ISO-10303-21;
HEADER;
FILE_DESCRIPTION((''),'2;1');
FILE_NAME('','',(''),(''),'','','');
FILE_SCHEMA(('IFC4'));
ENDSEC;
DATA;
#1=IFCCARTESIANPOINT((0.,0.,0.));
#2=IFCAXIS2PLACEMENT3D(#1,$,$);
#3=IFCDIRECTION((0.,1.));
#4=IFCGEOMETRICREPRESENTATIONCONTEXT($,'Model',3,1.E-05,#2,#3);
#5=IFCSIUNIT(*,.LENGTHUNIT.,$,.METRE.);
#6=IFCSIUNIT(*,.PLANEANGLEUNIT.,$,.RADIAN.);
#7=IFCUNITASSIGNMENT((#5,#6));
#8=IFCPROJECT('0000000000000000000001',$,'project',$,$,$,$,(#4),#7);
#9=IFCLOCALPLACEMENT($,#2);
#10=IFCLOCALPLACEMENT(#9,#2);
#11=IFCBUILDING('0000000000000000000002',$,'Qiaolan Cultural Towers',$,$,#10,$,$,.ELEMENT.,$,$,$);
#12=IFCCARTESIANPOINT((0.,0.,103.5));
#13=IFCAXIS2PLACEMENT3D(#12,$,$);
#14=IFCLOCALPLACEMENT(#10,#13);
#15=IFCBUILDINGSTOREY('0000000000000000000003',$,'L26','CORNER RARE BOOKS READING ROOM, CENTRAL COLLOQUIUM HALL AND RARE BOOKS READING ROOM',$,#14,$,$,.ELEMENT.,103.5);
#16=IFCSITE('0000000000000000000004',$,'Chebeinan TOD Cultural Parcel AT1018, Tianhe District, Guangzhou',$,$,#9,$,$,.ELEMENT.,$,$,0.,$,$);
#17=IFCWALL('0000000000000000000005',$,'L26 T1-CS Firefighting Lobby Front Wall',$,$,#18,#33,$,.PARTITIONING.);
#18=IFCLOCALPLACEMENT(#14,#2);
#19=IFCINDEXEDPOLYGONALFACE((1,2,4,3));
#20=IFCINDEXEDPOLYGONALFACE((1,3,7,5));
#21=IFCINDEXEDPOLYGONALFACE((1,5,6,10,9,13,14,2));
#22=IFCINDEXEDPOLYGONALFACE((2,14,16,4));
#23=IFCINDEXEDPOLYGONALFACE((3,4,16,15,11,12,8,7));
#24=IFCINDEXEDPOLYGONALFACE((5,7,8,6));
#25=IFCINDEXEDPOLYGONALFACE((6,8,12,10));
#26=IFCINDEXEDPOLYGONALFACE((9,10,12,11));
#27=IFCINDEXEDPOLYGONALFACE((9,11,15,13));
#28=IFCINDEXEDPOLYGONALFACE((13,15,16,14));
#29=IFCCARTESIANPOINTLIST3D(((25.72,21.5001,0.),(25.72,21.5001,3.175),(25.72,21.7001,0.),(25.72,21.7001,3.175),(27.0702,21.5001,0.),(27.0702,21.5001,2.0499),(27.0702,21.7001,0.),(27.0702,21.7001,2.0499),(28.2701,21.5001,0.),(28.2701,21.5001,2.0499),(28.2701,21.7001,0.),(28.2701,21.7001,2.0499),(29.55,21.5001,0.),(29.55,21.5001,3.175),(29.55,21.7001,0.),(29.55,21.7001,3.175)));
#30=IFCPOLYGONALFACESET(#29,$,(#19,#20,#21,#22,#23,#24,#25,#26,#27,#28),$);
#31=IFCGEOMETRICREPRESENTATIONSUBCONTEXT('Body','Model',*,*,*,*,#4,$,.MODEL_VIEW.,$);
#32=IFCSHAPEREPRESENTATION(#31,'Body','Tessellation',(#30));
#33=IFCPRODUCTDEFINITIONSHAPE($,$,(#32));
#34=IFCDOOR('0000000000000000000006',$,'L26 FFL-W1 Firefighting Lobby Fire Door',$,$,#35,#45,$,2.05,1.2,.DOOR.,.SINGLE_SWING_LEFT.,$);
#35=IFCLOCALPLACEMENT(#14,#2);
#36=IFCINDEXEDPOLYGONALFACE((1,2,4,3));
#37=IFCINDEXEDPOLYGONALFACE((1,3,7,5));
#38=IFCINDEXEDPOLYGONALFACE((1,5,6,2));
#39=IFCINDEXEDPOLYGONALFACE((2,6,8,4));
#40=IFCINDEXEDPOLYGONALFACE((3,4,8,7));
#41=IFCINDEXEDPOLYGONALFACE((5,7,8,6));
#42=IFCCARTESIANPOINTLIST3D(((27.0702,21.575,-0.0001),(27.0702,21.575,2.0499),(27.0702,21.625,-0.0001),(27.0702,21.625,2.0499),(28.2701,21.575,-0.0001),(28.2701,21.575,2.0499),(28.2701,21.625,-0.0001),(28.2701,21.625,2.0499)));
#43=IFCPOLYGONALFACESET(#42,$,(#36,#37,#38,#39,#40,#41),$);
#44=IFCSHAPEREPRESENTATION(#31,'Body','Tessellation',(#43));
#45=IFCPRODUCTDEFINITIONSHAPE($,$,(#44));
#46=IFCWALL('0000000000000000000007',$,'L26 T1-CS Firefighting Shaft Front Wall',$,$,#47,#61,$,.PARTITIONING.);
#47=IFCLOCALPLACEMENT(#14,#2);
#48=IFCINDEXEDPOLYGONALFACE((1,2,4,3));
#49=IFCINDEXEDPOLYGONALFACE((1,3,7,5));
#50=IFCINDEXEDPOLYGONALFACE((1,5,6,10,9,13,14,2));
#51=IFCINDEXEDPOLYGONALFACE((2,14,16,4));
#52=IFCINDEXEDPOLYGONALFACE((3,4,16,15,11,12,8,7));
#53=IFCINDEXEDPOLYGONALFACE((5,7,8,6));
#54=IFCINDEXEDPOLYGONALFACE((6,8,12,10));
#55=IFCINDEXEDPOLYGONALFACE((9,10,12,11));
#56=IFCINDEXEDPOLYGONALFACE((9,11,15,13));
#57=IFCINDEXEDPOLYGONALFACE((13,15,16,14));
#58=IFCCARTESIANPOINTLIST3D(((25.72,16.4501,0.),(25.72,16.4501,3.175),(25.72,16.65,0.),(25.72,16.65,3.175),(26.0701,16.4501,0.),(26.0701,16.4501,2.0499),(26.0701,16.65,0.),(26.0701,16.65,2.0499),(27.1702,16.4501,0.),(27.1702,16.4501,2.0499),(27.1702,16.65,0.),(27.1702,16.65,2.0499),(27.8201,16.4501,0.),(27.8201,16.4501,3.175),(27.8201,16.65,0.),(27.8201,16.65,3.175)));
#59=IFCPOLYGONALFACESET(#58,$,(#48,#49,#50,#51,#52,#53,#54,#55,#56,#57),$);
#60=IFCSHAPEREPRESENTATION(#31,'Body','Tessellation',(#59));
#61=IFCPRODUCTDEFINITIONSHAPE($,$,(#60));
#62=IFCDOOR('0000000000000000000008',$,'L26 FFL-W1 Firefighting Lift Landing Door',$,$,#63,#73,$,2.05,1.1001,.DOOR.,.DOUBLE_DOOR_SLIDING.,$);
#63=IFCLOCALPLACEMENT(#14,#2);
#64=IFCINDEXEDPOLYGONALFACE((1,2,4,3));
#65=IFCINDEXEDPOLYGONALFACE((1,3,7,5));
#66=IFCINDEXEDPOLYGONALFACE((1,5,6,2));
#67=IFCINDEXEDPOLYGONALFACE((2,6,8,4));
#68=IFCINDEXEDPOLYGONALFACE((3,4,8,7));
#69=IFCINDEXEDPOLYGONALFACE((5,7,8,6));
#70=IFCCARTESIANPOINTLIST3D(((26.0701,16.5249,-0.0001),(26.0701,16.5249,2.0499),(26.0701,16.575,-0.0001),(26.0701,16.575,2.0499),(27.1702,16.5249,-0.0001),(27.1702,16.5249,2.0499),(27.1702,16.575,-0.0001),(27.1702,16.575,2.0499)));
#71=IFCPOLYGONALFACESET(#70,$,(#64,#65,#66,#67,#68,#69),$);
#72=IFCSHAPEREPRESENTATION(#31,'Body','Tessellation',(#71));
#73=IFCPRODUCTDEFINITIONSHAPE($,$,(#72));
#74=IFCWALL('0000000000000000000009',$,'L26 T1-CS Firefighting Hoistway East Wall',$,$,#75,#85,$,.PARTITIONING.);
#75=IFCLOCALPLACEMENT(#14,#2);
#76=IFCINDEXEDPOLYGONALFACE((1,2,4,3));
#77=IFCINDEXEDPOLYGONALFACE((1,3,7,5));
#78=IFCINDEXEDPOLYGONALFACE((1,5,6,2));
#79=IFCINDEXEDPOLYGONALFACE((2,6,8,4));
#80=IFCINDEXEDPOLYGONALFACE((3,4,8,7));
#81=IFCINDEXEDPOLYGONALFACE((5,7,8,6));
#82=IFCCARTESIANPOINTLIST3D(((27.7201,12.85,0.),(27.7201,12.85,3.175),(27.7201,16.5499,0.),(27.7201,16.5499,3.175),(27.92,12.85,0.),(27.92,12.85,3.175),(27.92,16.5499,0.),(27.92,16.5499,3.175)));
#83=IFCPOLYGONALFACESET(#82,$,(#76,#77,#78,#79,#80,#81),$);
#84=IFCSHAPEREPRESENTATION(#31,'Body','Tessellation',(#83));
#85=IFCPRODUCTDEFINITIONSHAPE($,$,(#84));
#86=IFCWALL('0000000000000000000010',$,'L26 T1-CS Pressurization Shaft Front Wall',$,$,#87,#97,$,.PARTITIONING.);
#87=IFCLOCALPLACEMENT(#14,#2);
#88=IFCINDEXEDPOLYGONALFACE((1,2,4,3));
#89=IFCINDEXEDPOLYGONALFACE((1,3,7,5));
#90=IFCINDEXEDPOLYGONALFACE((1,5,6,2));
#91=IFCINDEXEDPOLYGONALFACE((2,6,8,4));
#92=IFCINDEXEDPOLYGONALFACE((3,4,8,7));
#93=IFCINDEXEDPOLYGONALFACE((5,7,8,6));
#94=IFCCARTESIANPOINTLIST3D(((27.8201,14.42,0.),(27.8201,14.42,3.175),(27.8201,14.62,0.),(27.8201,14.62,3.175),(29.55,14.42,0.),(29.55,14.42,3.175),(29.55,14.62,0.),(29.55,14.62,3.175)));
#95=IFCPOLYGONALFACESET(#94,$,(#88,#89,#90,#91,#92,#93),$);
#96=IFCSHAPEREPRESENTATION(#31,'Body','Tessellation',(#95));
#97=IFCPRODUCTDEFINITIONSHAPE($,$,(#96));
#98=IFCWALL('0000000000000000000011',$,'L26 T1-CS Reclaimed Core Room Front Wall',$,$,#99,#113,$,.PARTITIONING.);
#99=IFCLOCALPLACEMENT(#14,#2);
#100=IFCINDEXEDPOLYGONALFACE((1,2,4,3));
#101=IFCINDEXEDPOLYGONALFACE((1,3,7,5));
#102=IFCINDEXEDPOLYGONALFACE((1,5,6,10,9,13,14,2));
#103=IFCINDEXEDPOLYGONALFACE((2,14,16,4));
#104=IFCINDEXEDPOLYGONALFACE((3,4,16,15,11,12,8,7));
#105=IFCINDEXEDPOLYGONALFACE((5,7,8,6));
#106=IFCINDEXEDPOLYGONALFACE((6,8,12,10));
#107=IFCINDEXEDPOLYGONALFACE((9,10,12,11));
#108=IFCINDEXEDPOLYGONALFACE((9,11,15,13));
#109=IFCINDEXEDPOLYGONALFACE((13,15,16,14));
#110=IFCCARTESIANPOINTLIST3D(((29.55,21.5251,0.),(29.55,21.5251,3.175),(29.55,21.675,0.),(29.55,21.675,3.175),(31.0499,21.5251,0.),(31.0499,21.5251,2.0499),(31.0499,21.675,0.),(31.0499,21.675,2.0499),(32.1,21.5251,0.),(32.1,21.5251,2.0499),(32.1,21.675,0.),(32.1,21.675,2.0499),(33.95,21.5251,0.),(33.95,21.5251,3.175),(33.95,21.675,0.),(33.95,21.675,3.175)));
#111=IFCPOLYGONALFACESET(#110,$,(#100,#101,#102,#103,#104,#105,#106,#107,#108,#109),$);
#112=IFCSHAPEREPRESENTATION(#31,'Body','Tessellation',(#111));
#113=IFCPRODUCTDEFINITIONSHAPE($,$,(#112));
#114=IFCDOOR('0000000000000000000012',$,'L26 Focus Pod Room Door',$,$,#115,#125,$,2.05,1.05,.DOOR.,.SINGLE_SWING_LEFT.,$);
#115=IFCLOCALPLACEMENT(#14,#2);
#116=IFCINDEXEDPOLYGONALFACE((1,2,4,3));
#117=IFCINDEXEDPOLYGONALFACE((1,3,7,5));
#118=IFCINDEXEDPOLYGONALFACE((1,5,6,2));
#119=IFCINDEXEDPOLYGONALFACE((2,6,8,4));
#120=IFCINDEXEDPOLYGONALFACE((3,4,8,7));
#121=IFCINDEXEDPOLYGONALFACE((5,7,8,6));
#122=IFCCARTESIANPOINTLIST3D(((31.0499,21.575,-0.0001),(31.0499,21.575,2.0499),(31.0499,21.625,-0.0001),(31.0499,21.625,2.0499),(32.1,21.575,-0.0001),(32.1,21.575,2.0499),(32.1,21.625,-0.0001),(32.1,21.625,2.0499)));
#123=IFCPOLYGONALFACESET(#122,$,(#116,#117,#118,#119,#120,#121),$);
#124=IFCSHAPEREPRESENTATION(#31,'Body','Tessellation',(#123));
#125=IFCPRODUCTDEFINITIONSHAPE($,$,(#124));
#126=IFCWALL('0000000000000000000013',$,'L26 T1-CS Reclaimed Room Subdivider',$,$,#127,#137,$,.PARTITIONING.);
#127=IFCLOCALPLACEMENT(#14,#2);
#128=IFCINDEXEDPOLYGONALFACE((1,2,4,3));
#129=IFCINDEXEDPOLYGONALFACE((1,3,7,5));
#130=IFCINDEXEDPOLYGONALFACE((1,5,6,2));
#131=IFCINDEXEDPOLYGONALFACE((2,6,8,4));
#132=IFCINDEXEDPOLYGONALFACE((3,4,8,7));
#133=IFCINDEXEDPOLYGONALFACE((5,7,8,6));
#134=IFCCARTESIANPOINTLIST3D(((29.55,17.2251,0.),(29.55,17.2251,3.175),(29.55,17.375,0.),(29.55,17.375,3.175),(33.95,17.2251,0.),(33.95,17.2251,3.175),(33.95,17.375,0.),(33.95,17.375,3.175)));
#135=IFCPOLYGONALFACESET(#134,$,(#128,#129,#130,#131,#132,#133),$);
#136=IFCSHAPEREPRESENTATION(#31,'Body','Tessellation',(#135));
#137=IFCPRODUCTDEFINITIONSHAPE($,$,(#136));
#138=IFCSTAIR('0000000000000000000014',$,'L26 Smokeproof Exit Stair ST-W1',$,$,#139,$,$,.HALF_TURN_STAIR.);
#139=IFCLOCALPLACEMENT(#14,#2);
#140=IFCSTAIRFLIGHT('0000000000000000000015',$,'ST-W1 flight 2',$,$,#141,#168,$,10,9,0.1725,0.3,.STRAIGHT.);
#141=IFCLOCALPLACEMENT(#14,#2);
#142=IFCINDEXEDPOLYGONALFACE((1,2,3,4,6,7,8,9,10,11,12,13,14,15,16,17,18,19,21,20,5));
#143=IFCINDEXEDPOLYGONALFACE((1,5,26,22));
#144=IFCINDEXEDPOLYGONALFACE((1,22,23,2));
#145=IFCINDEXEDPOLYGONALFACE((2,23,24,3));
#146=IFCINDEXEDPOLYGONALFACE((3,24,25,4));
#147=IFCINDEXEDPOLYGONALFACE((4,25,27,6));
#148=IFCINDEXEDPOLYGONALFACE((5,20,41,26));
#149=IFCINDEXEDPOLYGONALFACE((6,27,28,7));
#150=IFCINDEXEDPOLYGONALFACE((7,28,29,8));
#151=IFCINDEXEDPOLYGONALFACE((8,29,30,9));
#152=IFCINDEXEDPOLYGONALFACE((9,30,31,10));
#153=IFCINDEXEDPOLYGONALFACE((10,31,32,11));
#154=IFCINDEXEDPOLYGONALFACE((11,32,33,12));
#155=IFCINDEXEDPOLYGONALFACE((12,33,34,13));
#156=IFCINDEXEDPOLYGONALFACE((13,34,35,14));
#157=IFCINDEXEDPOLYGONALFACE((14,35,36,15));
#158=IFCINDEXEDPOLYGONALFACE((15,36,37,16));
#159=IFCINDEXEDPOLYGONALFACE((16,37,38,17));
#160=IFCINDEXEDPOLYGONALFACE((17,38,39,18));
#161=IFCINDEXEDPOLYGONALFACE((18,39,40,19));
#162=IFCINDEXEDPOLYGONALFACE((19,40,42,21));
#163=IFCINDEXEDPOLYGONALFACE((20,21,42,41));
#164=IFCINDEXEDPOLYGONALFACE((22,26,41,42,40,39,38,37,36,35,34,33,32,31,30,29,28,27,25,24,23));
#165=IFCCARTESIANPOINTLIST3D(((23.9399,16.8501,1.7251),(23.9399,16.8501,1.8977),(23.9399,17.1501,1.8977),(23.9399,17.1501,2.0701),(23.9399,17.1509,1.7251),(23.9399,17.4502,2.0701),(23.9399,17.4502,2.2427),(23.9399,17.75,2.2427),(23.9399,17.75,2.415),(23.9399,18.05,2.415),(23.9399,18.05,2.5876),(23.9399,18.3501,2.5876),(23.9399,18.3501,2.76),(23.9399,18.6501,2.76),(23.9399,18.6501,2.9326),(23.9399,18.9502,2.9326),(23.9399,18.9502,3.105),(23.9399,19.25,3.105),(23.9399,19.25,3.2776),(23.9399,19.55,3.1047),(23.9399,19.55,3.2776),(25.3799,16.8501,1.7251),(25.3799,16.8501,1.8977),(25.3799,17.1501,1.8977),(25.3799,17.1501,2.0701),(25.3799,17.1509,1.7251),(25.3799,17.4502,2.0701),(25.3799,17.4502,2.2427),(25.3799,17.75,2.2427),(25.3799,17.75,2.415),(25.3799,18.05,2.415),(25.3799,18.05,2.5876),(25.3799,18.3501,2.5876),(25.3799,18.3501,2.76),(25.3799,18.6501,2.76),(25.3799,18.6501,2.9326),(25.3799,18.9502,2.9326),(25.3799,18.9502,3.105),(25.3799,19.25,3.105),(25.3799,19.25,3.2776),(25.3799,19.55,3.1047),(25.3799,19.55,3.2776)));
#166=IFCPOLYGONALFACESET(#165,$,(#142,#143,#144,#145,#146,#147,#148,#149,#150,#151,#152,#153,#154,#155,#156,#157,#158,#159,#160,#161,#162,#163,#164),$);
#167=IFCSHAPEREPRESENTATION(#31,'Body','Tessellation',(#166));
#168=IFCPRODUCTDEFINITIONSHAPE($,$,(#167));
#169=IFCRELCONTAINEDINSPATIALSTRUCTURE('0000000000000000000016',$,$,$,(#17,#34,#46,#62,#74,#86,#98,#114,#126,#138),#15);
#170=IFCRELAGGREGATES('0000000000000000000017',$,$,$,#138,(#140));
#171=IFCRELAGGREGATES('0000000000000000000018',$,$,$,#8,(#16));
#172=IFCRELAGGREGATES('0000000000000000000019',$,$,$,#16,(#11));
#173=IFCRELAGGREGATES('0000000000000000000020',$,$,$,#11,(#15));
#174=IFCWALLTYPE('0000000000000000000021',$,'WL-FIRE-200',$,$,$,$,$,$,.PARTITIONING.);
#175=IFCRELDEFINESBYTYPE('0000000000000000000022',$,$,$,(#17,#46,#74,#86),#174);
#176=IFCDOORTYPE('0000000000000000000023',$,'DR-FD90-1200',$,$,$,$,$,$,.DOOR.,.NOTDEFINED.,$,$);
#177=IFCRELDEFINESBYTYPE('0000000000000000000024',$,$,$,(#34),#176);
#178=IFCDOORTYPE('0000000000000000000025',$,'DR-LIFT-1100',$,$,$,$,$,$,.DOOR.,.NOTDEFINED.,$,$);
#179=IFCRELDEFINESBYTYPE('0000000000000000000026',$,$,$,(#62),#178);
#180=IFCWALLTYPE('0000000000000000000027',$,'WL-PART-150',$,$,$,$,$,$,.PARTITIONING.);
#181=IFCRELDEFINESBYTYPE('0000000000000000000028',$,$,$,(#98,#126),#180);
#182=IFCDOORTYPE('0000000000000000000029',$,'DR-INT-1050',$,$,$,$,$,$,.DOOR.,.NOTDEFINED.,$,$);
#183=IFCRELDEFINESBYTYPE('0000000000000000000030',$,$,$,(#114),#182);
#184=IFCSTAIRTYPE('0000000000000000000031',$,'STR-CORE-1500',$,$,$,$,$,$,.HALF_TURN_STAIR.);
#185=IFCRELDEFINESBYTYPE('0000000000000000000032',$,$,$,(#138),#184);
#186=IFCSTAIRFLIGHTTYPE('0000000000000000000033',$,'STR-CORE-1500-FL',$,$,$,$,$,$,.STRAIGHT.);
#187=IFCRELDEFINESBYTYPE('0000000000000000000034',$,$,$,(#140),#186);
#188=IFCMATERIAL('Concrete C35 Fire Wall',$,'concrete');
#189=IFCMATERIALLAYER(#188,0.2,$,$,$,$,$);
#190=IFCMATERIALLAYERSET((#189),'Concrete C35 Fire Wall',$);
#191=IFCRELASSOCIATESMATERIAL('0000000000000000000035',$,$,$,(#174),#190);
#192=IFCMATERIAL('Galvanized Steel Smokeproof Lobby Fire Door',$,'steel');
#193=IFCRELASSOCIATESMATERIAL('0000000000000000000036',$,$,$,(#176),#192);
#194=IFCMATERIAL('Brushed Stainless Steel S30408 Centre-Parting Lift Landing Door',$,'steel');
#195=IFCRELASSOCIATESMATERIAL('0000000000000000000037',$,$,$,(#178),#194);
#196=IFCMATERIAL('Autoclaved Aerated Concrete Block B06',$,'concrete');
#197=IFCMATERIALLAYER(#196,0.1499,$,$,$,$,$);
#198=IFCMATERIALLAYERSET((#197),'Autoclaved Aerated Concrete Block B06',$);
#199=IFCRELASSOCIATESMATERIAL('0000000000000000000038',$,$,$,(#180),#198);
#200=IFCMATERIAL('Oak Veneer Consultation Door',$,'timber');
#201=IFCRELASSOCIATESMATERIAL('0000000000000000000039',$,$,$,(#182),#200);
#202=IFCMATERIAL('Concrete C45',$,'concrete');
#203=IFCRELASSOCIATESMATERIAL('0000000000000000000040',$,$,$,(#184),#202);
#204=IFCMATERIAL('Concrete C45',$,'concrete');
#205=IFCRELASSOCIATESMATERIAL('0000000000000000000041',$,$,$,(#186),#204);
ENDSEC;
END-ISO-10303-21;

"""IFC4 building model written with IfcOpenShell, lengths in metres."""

from ifc_helpers import new_model, si_unit, direction, frame, frame_2d, origin, place, context, subcontext, project, spatial, polyline, rectangle, outline, extrude, material, layer, layer_set, type_object, element, fill, aggregate, save


model = new_model("IFC4")

# Units and contexts
model_context = context("Model", 3, precision=1e-05, world=origin(), true_north=direction((0.0, 1.0)))
body_context = subcontext(model_context, "Body", "Model", "MODEL_VIEW")
ifc_project = project(units=[si_unit("LENGTHUNIT", "METRE"), si_unit("PLANEANGLEUNIT", "RADIAN")], contexts=[model_context])

# Site, building, storey
site_placement = place(None, origin())
site = spatial("IfcSite", under=ifc_project, at=site_placement, Name="Chebeinan TOD Cultural Parcel AT1018, Tianhe District, Guangzhou", CompositionType="ELEMENT", RefElevation=0.0)
building_placement = place(site_placement, origin())
building = spatial("IfcBuilding", under=site, at=building_placement, Name="Qiaolan Cultural Towers", CompositionType="ELEMENT")
storey_placement = place(building_placement, frame((0.0, 0.0, 103.5)))
storey = spatial("IfcBuildingStorey", under=building, at=storey_placement, Name="L26", Description="CORNER RARE BOOKS READING ROOM, CENTRAL COLLOQUIUM HALL AND RARE BOOKS READING ROOM", CompositionType="ELEMENT", Elevation=103.5)

# Shared definitions
ifc_material_1 = material(Name="Concrete C35 Fire Wall", Category="concrete")
ifc_layer_1 = layer(ifc_material_1, 0.2)
ifc_layer_set_1 = layer_set([ifc_layer_1], Name="Concrete C35 Fire Wall")
wall_type_1 = type_object("IfcWallType", Name="WL-FIRE-200", PredefinedType="PARTITIONING", material=ifc_layer_set_1)

# Walls, openings, doors
wall_1_placement = place(storey_placement, frame((25.72, 21.6001, 0.0), z_axis=(0.0, 0.0, 1.0), x_axis=(1.0, 0.0, 0.0)))
wall_1 = element("IfcWall", 1, at=wall_1_placement, inside=storey, type_object=wall_type_1, Name="L26 T1-CS Firefighting Lobby Front Wall", PredefinedType="PARTITIONING", context=body_context, shape_type="SweptSolid", body=[
    extrude(rectangle(XDim=3.8301, YDim=0.2, at=frame_2d((1.915, 0.0))), origin(), (0.0, 0.0, 1.0), 3.175),
])
opening_1_placement = place(wall_1_placement, frame((1.3501, 0.0, 0.0)))
opening_1 = element("IfcOpeningElement", 2, at=opening_1_placement, cuts=wall_1, PredefinedType="OPENING", context=body_context, shape_type="SweptSolid", body=[
    extrude(rectangle(XDim=1.2, YDim=2.05, at=frame_2d((0.6001, 1.0249))), frame((0.0, 0.1099, 0.0), z_axis=(0.0, -1.0, 0.0), x_axis=(1.0, 0.0, 0.0)), (0.0, 0.0, 1.0), 0.22),
])
ifc_material_2 = material(Name="Galvanized Steel Smokeproof Lobby Fire Door", Category="steel")
door_type_1 = type_object("IfcDoorType", Name="DR-FD90-1200", OperationType="NOTDEFINED", PredefinedType="DOOR", material=ifc_material_2)
door_1_placement = place(opening_1_placement, origin())
door_1 = element("IfcDoor", 3, at=door_1_placement, inside=storey, type_object=door_type_1, Name="L26 FFL-W1 Firefighting Lobby Fire Door", OperationType="SINGLE_SWING_LEFT", OverallHeight=2.05, OverallWidth=1.2, PredefinedType="DOOR", context=body_context, shape_type="SweptSolid", body=[
    extrude(rectangle(XDim=1.2, YDim=2.05, at=frame_2d((0.6001, 1.0249))), frame((0.0, 0.0249, 0.0), z_axis=(0.0, -1.0, 0.0), x_axis=(1.0, 0.0, 0.0)), (0.0, 0.0, 1.0), 0.05),
])
fill(opening_1, door_1)
wall_2_placement = place(storey_placement, frame((25.72, 16.55, 0.0), z_axis=(0.0, 0.0, 1.0), x_axis=(1.0, 0.0, 0.0)))
wall_2 = element("IfcWall", 4, at=wall_2_placement, inside=storey, type_object=wall_type_1, Name="L26 T1-CS Firefighting Shaft Front Wall", PredefinedType="PARTITIONING", context=body_context, shape_type="SweptSolid", body=[
    extrude(rectangle(XDim=2.1001, YDim=0.2, at=frame_2d((1.05, 0.0))), origin(), (0.0, 0.0, 1.0), 3.175),
])
opening_2_placement = place(wall_2_placement, frame((0.3501, 0.0, 0.0)))
opening_2 = element("IfcOpeningElement", 5, at=opening_2_placement, cuts=wall_2, PredefinedType="OPENING", context=body_context, shape_type="SweptSolid", body=[
    extrude(rectangle(XDim=1.1001, YDim=2.05, at=frame_2d((0.55, 1.0249))), frame((0.0, 0.1099, 0.0), z_axis=(0.0, -1.0, 0.0), x_axis=(1.0, 0.0, 0.0)), (0.0, 0.0, 1.0), 0.22),
])
ifc_material_3 = material(Name="Brushed Stainless Steel S30408 Centre-Parting Lift Landing Door", Category="steel")
door_type_2 = type_object("IfcDoorType", Name="DR-LIFT-1100", OperationType="NOTDEFINED", PredefinedType="DOOR", material=ifc_material_3)
door_2_placement = place(opening_2_placement, origin())
door_2 = element("IfcDoor", 6, at=door_2_placement, inside=storey, type_object=door_type_2, Name="L26 FFL-W1 Firefighting Lift Landing Door", OperationType="DOUBLE_DOOR_SLIDING", OverallHeight=2.05, OverallWidth=1.1001, PredefinedType="DOOR", context=body_context, shape_type="SweptSolid", body=[
    extrude(rectangle(XDim=1.1001, YDim=2.05, at=frame_2d((0.55, 1.0249))), frame((0.0, 0.0249, 0.0), z_axis=(0.0, -1.0, 0.0), x_axis=(1.0, 0.0, 0.0)), (0.0, 0.0, 1.0), 0.05),
])
fill(opening_2, door_2)

# Walls
wall_3_placement = place(storey_placement, frame((27.8201, 16.55, 0.0), z_axis=(0.0, 0.0, 1.0), x_axis=(0.0, -1.0, 0.0)))
element("IfcWall", 7, at=wall_3_placement, inside=storey, type_object=wall_type_1, Name="L26 T1-CS Firefighting Hoistway East Wall", PredefinedType="PARTITIONING", context=body_context, shape_type="SweptSolid", body=[
    extrude(rectangle(XDim=3.7, YDim=0.2, at=frame_2d((1.8501, 0.0))), origin(), (0.0, 0.0, 1.0), 3.175),
])
wall_4_placement = place(storey_placement, frame((27.8201, 14.52, 0.0), z_axis=(0.0, 0.0, 1.0), x_axis=(1.0, 0.0, 0.0)))
element("IfcWall", 8, at=wall_4_placement, inside=storey, type_object=wall_type_1, Name="L26 T1-CS Pressurization Shaft Front Wall", PredefinedType="PARTITIONING", context=body_context, shape_type="SweptSolid", body=[
    extrude(rectangle(XDim=1.73, YDim=0.2, at=frame_2d((0.865, 0.0))), origin(), (0.0, 0.0, 1.0), 3.175),
])

# Wall, opening, door
ifc_material_4 = material(Name="Autoclaved Aerated Concrete Block B06", Category="concrete")
ifc_layer_2 = layer(ifc_material_4, 0.1499)
ifc_layer_set_2 = layer_set([ifc_layer_2], Name="Autoclaved Aerated Concrete Block B06")
wall_type_2 = type_object("IfcWallType", Name="WL-PART-150", PredefinedType="PARTITIONING", material=ifc_layer_set_2)
wall_5_placement = place(storey_placement, frame((29.55, 21.6001, 0.0), z_axis=(0.0, 0.0, 1.0), x_axis=(1.0, 0.0, 0.0)))
wall_5 = element("IfcWall", 9, at=wall_5_placement, inside=storey, type_object=wall_type_2, Name="L26 T1-CS Reclaimed Core Room Front Wall", PredefinedType="PARTITIONING", context=body_context, shape_type="SweptSolid", body=[
    extrude(rectangle(XDim=4.3999, YDim=0.1499, at=frame_2d((2.2, 0.0))), origin(), (0.0, 0.0, 1.0), 3.175),
])
opening_3_placement = place(wall_5_placement, frame((1.5, 0.0, 0.0)))
opening_3 = element("IfcOpeningElement", 10, at=opening_3_placement, cuts=wall_5, PredefinedType="OPENING", context=body_context, shape_type="SweptSolid", body=[
    extrude(rectangle(XDim=1.05, YDim=2.05, at=frame_2d((0.5249, 1.0249))), frame((0.0, 0.085, 0.0), z_axis=(0.0, -1.0, 0.0), x_axis=(1.0, 0.0, 0.0)), (0.0, 0.0, 1.0), 0.1699),
])
ifc_material_5 = material(Name="Oak Veneer Consultation Door", Category="timber")
door_type_3 = type_object("IfcDoorType", Name="DR-INT-1050", OperationType="NOTDEFINED", PredefinedType="DOOR", material=ifc_material_5)
door_3_placement = place(opening_3_placement, origin())
door_3 = element("IfcDoor", 11, at=door_3_placement, inside=storey, type_object=door_type_3, Name="L26 Focus Pod Room Door", OperationType="SINGLE_SWING_LEFT", OverallHeight=2.05, OverallWidth=1.05, PredefinedType="DOOR", context=body_context, shape_type="SweptSolid", body=[
    extrude(rectangle(XDim=1.05, YDim=2.05, at=frame_2d((0.5249, 1.0249))), frame((0.0, 0.0249, 0.0), z_axis=(0.0, -1.0, 0.0), x_axis=(1.0, 0.0, 0.0)), (0.0, 0.0, 1.0), 0.05),
])
fill(opening_3, door_3)

# Wall
wall_6_placement = place(storey_placement, frame((29.55, 17.3, 0.0), z_axis=(0.0, 0.0, 1.0), x_axis=(1.0, 0.0, 0.0)))
element("IfcWall", 12, at=wall_6_placement, inside=storey, type_object=wall_type_2, Name="L26 T1-CS Reclaimed Room Subdivider", PredefinedType="PARTITIONING", context=body_context, shape_type="SweptSolid", body=[
    extrude(rectangle(XDim=4.3999, YDim=0.1499, at=frame_2d((2.2, 0.0))), origin(), (0.0, 0.0, 1.0), 3.175),
])

# Stair, stair flight
ifc_material_6 = material(Name="Concrete C45", Category="concrete")
stair_type = type_object("IfcStairType", Name="STR-CORE-1500", PredefinedType="HALF_TURN_STAIR", material=ifc_material_6)
stair_placement = place(storey_placement, origin())
stair = element("IfcStair", 13, at=stair_placement, inside=storey, type_object=stair_type, Name="L26 Smokeproof Exit Stair ST-W1", PredefinedType="HALF_TURN_STAIR")
ifc_material_7 = material(Name="Concrete C45", Category="concrete")
stair_flight_type = type_object("IfcStairFlightType", Name="STR-CORE-1500-FL", PredefinedType="STRAIGHT", material=ifc_material_7)
stair_flight_placement = place(storey_placement, frame((24.6599, 16.8501, 1.7251), z_axis=(0.0, 0.0, 1.0), x_axis=(0.0, 1.0, 0.0)))
stair_flight = element("IfcStairFlight", 14, at=stair_flight_placement, type_object=stair_flight_type, Name="ST-W1 flight 2", NumberOfRisers=10, NumberOfTreads=9, PredefinedType="STRAIGHT", RiserHeight=0.1725, TreadLength=0.3, context=body_context, shape_type="SweptSolid", body=[
    extrude(outline(polyline([(0.0, 0.0), (0.0, 0.1726), (0.3, 0.1726), (0.3, 0.345), (0.6001, 0.345), (0.6001, 0.5176), (0.8999, 0.5176), (0.8999, 0.6899), (1.2, 0.6899), (1.2, 0.8625), (1.5, 0.8625), (1.5, 1.0349), (1.8, 1.0349), (1.8, 1.2075), (2.1001, 1.2075), (2.1001, 1.3799), (2.3999, 1.3799), (2.3999, 1.5525), (2.7, 1.5525), (2.7, 1.7251), (2.7, 1.3796), (0.3008, 0.0), (0.0, 0.0)])), frame((0.0, 0.72, 0.0), z_axis=(0.0, -1.0, 0.0), x_axis=(1.0, 0.0, 0.0)), (0.0, 0.0, 1.0), 1.4399),
])
aggregate(stair, [stair_flight])

save(model, "model.ifc")
